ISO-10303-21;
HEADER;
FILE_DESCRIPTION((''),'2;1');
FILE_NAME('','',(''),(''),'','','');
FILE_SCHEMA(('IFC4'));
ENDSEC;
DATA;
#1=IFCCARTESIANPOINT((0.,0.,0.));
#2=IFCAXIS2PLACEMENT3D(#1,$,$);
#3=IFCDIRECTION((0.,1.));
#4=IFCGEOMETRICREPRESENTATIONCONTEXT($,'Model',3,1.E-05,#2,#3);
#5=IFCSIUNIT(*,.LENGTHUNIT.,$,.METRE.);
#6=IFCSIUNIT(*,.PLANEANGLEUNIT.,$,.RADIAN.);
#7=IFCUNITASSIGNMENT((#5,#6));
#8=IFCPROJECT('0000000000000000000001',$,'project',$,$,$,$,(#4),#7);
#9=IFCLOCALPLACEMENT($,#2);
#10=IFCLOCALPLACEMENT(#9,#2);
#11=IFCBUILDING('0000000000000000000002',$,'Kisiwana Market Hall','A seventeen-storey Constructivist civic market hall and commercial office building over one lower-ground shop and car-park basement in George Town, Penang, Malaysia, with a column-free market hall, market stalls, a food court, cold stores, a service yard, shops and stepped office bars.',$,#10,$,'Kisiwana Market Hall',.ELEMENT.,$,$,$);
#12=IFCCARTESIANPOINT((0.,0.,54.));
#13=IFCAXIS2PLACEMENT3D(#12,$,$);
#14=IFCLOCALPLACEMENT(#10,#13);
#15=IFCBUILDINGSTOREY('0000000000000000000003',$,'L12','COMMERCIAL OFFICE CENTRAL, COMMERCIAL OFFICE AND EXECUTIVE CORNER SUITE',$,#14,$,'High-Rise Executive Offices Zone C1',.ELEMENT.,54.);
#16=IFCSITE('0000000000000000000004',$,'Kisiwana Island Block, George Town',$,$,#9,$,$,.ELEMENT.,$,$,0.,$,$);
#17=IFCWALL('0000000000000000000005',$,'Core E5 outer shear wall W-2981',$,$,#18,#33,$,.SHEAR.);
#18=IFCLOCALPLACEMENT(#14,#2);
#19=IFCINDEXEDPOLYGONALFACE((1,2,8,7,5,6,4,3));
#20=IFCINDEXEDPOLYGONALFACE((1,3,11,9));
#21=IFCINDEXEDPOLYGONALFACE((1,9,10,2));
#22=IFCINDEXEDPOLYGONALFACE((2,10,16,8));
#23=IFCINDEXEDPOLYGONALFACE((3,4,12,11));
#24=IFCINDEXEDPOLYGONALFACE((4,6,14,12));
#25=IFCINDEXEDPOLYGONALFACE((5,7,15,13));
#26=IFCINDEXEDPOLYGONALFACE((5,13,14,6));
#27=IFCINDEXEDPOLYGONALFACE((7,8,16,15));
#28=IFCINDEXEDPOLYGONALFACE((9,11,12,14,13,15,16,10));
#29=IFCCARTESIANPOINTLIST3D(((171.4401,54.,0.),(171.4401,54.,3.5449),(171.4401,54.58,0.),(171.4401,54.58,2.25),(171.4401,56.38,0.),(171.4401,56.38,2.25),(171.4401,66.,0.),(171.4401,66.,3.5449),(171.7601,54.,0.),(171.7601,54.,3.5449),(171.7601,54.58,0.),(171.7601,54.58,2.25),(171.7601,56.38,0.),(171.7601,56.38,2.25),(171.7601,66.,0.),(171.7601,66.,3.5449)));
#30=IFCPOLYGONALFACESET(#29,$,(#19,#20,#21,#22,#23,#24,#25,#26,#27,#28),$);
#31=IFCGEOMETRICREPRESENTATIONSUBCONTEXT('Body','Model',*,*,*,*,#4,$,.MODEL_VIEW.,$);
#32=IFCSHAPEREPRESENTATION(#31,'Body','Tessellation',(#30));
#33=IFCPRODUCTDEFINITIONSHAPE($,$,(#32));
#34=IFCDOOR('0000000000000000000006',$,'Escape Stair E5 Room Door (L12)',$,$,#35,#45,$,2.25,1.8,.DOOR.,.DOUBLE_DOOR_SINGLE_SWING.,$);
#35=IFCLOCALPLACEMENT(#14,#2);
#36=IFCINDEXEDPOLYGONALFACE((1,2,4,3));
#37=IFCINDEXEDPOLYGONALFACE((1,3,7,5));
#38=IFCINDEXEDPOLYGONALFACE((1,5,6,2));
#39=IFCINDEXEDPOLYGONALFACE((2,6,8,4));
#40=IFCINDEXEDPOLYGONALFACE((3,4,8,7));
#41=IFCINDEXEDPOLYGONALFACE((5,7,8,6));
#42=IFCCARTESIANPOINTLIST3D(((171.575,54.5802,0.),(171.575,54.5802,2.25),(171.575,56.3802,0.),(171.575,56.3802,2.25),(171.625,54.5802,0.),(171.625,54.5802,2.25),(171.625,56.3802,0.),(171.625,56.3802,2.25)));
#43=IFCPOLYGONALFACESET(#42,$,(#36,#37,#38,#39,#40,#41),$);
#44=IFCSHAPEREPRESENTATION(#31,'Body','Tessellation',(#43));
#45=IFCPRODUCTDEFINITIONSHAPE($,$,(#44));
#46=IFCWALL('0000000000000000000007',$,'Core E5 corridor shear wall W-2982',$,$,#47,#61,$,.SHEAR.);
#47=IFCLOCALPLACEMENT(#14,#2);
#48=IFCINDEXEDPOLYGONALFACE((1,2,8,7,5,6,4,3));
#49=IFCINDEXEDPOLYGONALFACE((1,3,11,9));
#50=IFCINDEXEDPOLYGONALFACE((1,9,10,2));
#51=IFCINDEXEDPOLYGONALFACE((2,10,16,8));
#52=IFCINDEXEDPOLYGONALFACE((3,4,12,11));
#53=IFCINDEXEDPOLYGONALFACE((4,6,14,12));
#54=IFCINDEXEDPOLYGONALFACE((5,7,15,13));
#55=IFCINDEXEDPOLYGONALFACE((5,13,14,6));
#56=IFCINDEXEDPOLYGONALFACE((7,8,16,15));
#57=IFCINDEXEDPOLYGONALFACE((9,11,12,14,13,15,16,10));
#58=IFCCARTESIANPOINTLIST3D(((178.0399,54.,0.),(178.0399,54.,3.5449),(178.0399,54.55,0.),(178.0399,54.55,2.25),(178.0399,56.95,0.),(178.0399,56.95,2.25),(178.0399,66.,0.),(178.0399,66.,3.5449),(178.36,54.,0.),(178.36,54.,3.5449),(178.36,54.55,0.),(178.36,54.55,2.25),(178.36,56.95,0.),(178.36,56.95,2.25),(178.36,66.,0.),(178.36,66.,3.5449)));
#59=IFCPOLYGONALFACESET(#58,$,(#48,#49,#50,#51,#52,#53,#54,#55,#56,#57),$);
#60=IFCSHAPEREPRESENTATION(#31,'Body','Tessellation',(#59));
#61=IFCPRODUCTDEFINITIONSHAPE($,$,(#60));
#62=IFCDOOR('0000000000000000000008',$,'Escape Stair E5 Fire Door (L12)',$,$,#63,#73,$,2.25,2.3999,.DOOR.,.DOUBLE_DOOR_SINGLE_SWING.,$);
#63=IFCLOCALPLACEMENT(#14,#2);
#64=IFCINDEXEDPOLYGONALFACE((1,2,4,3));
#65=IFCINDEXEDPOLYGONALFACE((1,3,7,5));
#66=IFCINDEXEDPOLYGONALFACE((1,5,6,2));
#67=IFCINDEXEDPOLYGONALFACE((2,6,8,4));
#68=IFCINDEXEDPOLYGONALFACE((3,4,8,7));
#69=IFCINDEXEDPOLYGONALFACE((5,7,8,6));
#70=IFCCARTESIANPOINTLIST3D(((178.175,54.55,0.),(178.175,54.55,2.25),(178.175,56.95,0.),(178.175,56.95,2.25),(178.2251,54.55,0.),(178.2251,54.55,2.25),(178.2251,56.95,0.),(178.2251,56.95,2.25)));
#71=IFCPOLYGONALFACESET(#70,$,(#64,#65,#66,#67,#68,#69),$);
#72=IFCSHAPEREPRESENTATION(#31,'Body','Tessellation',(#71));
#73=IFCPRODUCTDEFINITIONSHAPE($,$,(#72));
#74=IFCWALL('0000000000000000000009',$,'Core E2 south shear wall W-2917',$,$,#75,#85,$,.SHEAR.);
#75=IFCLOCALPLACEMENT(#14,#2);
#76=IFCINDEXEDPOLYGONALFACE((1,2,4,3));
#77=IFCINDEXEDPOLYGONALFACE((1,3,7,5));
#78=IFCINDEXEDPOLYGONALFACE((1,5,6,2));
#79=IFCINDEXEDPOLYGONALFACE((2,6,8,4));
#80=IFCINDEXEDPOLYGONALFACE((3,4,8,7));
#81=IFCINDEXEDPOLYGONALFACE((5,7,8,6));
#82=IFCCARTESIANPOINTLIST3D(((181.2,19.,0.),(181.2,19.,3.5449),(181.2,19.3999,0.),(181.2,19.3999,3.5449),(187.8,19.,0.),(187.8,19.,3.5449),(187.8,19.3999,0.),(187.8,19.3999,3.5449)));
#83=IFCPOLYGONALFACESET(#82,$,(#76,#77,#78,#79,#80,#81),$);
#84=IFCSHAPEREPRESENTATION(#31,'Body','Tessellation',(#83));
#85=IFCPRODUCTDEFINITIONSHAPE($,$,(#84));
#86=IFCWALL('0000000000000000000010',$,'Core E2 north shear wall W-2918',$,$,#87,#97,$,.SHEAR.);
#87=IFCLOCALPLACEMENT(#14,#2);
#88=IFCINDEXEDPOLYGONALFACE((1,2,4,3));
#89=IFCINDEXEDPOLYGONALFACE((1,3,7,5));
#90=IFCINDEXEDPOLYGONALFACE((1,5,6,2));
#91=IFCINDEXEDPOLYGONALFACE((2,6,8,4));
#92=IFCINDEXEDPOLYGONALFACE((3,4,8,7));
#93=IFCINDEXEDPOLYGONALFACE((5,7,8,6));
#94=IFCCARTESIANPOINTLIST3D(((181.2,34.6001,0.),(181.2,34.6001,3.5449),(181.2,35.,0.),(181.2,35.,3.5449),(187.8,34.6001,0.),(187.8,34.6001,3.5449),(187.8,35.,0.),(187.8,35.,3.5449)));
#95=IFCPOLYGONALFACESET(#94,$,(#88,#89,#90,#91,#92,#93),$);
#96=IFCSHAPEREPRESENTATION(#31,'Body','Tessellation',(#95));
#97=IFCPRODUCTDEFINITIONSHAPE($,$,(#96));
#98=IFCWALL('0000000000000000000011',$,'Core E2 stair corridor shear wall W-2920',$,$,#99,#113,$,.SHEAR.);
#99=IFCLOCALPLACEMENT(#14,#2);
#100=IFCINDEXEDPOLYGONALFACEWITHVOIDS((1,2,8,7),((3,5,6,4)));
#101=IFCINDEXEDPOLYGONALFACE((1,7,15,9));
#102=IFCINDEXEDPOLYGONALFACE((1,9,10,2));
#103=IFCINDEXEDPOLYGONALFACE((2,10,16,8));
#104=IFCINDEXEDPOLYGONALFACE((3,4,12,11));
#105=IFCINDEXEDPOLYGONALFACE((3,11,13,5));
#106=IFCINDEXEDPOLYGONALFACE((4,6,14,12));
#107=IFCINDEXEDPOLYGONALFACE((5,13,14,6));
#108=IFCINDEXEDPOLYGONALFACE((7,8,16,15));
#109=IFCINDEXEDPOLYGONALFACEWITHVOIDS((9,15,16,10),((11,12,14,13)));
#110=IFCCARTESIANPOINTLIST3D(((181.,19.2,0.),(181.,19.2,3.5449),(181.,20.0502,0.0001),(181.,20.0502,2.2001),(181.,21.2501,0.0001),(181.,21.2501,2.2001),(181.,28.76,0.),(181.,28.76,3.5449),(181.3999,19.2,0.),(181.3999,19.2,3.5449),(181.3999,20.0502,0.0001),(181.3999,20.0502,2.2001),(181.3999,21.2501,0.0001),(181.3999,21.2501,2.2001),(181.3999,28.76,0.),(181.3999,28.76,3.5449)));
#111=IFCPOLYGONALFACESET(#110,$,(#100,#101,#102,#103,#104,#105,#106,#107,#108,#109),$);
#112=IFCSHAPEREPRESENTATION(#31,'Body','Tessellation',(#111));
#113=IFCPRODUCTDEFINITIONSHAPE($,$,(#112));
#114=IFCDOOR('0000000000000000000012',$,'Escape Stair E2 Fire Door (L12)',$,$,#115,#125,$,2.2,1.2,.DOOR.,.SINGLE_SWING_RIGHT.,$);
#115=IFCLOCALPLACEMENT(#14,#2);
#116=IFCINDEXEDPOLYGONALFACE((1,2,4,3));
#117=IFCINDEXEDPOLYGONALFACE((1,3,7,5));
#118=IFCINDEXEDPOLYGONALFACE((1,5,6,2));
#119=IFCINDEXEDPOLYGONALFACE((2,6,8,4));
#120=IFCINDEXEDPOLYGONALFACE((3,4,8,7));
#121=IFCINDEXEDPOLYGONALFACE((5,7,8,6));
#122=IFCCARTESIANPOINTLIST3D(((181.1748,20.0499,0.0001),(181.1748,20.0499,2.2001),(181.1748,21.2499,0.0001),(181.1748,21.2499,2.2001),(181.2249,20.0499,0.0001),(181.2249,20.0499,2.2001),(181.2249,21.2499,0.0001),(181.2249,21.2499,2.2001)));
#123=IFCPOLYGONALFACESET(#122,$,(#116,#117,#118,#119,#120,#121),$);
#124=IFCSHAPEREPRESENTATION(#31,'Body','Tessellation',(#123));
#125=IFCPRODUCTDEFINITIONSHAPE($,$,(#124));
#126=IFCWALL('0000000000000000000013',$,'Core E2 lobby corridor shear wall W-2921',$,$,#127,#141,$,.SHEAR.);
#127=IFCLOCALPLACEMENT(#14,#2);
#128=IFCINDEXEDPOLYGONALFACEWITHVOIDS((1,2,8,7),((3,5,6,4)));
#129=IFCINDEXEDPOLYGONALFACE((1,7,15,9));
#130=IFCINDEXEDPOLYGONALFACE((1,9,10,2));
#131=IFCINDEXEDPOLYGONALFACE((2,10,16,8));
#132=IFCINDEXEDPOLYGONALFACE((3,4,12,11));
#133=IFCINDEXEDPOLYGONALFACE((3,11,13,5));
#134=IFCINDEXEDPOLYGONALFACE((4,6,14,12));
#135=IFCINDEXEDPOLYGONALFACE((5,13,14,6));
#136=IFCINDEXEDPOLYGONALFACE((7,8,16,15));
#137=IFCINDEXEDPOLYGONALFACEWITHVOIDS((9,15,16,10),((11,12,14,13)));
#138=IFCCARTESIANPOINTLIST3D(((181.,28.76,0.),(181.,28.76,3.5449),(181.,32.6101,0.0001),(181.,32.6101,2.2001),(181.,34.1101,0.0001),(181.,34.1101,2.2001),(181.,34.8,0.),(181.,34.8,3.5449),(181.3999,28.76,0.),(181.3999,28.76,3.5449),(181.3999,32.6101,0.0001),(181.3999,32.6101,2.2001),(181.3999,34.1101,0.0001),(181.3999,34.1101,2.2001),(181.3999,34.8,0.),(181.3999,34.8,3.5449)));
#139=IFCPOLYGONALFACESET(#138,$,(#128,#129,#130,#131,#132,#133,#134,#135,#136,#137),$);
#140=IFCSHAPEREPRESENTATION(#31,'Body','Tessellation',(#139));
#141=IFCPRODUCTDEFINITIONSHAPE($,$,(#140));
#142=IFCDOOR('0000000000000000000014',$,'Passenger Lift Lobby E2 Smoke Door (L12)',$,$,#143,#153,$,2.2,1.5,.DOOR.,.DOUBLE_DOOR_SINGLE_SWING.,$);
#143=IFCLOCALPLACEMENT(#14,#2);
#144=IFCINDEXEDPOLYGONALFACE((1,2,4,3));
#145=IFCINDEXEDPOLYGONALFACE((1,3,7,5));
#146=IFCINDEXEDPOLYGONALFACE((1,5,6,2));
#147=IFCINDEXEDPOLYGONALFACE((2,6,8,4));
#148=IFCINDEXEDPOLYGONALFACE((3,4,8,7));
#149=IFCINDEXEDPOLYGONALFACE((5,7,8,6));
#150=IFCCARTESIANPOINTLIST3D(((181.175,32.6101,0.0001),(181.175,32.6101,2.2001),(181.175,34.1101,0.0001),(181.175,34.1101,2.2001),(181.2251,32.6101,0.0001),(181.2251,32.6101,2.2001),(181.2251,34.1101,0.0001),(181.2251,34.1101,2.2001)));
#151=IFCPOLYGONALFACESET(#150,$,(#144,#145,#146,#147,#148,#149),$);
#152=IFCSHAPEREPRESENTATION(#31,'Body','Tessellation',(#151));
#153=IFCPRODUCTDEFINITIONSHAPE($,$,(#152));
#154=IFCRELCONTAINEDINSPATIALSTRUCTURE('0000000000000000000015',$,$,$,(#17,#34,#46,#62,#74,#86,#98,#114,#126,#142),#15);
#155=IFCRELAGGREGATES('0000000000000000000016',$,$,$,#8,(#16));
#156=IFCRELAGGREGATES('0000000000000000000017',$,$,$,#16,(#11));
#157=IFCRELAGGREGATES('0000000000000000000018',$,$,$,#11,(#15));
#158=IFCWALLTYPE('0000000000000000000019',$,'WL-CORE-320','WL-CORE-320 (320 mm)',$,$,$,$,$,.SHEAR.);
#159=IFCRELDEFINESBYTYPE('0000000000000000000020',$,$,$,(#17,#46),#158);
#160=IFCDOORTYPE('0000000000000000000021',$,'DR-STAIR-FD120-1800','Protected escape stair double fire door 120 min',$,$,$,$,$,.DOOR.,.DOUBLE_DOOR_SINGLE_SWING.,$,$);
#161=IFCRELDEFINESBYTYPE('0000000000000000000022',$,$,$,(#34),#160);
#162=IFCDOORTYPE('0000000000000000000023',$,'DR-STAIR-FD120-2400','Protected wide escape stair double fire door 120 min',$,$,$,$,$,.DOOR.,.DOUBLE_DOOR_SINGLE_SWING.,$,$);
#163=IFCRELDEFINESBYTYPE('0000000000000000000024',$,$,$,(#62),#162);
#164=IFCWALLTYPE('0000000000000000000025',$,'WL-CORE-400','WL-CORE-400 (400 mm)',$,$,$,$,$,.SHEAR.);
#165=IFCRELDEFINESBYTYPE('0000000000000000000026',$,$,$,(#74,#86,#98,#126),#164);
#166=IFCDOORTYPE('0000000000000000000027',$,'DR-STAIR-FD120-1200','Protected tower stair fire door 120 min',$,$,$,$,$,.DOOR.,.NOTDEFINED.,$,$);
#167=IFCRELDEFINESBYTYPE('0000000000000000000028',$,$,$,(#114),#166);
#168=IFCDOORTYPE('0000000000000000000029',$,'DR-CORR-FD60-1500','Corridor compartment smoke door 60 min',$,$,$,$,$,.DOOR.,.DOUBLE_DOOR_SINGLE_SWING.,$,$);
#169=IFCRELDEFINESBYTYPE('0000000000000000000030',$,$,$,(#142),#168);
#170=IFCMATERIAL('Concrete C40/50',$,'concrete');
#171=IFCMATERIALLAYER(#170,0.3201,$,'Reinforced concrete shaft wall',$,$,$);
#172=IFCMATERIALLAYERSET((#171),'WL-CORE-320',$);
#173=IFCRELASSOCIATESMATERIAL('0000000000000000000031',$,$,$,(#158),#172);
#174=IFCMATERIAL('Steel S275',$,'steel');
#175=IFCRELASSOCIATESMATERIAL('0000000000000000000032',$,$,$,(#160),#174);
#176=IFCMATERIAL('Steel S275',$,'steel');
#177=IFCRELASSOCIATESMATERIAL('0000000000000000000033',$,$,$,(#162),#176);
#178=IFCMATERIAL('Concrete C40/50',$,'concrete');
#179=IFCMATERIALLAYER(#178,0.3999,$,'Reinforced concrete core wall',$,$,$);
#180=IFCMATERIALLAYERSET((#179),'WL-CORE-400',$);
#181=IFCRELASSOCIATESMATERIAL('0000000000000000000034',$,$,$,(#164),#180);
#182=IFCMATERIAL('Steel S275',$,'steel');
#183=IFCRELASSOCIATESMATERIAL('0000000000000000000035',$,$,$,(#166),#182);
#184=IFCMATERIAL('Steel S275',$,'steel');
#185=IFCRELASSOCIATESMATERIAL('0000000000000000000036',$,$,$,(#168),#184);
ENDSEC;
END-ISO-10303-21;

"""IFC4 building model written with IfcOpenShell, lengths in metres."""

from ifc_helpers import new_model, si_unit, direction, frame, frame_2d, origin, place, context, subcontext, project, spatial, rectangle, extrude, material, layer, layer_set, type_object, element, fill, save


model = new_model("IFC4")

# Units and contexts
model_context = context("Model", 3, precision=1e-05, world=origin(), true_north=direction((0.0, 1.0)))
body_context = subcontext(model_context, "Body", "Model", "MODEL_VIEW")
ifc_project = project(units=[si_unit("LENGTHUNIT", "METRE"), si_unit("PLANEANGLEUNIT", "RADIAN")], contexts=[model_context])

# Site, building, storey
site_placement = place(None, origin())
site = spatial("IfcSite", under=ifc_project, at=site_placement, Name="Kisiwana Island Block, George Town", CompositionType="ELEMENT", RefElevation=0.0)
building_placement = place(site_placement, origin())
building = spatial("IfcBuilding", under=site, at=building_placement, Name="Kisiwana Market Hall", Description="A seventeen-storey Constructivist civic market hall and commercial office building over one lower-ground shop and car-park basement in George Town, Penang, Malaysia, with a column-free market hall, market stalls, a food court, cold stores, a service yard, shops and stepped office bars.", LongName="Kisiwana Market Hall", CompositionType="ELEMENT")
storey_placement = place(building_placement, frame((0.0, 0.0, 54.0)))
storey = spatial("IfcBuildingStorey", under=building, at=storey_placement, Name="L12", Description="COMMERCIAL OFFICE CENTRAL, COMMERCIAL OFFICE AND EXECUTIVE CORNER SUITE", LongName="High-Rise Executive Offices Zone C1", CompositionType="ELEMENT", Elevation=54.0)

# Shared definitions
ifc_material_1 = material(Name="Concrete C40/50", Category="concrete")
ifc_layer_1 = layer(ifc_material_1, 0.3201, Name="Reinforced concrete shaft wall")
ifc_layer_set_1 = layer_set([ifc_layer_1], Name="WL-CORE-320")
wall_type_1 = type_object("IfcWallType", Name="WL-CORE-320", Description="WL-CORE-320 (320 mm)", PredefinedType="SHEAR", material=ifc_layer_set_1)

# Shared definitions
ifc_material_2 = material(Name="Steel S275", Category="steel")
door_type_1 = type_object("IfcDoorType", Name="DR-STAIR-FD120-1800", Description="Protected escape stair double fire door 120 min", OperationType="DOUBLE_DOOR_SINGLE_SWING", PredefinedType="DOOR", material=ifc_material_2)
ifc_material_3 = material(Name="Steel S275", Category="steel")
door_type_2 = type_object("IfcDoorType", Name="DR-STAIR-FD120-2400", Description="Protected wide escape stair double fire door 120 min", OperationType="DOUBLE_DOOR_SINGLE_SWING", PredefinedType="DOOR", material=ifc_material_3)

# Walls, openings, doors
wall_1_placement = place(storey_placement, frame((171.6001, 54.0, 0.0), z_axis=(0.0, 0.0, 1.0), x_axis=(0.0, 1.0, 0.0)))
wall_1 = element("IfcWall", 1, at=wall_1_placement, inside=storey, type_object=wall_type_1, Name="Core E5 outer shear wall W-2981", PredefinedType="SHEAR", context=body_context, shape_type="SweptSolid", body=[
    extrude(rectangle(XDim=12.0, YDim=0.3201, at=frame_2d((6.0, 0.0))), origin(), (0.0, 0.0, 1.0), 3.5449),
])
opening_1_placement = place(wall_1_placement, frame((0.5801, 0.0, 0.0)))
opening_1 = element("IfcOpeningElement", 2, at=opening_1_placement, cuts=wall_1, PredefinedType="OPENING", context=body_context, shape_type="SweptSolid", body=[
    extrude(rectangle(XDim=1.8, YDim=2.25, at=frame_2d((0.8999, 1.125))), frame((0.0, 0.1719, 0.0), z_axis=(0.0, -1.0, 0.0), x_axis=(1.0, 0.0, 0.0)), (0.0, 0.0, 1.0), 0.344),
])
door_1_placement = place(opening_1_placement, frame((1.8, 0.0, 0.0), z_axis=(0.0, 0.0, 1.0), x_axis=(-1.0, 0.0, 0.0)))
door_1 = element("IfcDoor", 3, at=door_1_placement, inside=storey, type_object=door_type_1, Name="Escape Stair E5 Room Door (L12)", OperationType="DOUBLE_DOOR_SINGLE_SWING", OverallHeight=2.25, OverallWidth=1.8, PredefinedType="DOOR", context=body_context, shape_type="SweptSolid", body=[
    extrude(rectangle(XDim=1.8, YDim=2.25, at=frame_2d((0.8999, 1.125))), frame((0.0, 0.0249, 0.0), z_axis=(0.0, -1.0, 0.0), x_axis=(1.0, 0.0, 0.0)), (0.0, 0.0, 1.0), 0.05),
])
fill(opening_1, door_1)
wall_2_placement = place(storey_placement, frame((178.2, 54.0, 0.0), z_axis=(0.0, 0.0, 1.0), x_axis=(0.0, 1.0, 0.0)))
wall_2 = element("IfcWall", 4, at=wall_2_placement, inside=storey, type_object=wall_type_1, Name="Core E5 corridor shear wall W-2982", PredefinedType="SHEAR", context=body_context, shape_type="SweptSolid", body=[
    extrude(rectangle(XDim=12.0, YDim=0.3201, at=frame_2d((6.0, 0.0))), origin(), (0.0, 0.0, 1.0), 3.5449),
])
opening_2_placement = place(wall_2_placement, frame((0.55, 0.0, 0.0)))
opening_2 = element("IfcOpeningElement", 5, at=opening_2_placement, cuts=wall_2, PredefinedType="OPENING", context=body_context, shape_type="SweptSolid", body=[
    extrude(rectangle(XDim=2.3999, YDim=2.25, at=frame_2d((1.2, 1.125))), frame((0.0, 0.1719, 0.0), z_axis=(0.0, -1.0, 0.0), x_axis=(1.0, 0.0, 0.0)), (0.0, 0.0, 1.0), 0.344),
])
door_2_placement = place(opening_2_placement, origin())
door_2 = element("IfcDoor", 6, at=door_2_placement, inside=storey, type_object=door_type_2, Name="Escape Stair E5 Fire Door (L12)", OperationType="DOUBLE_DOOR_SINGLE_SWING", OverallHeight=2.25, OverallWidth=2.3999, PredefinedType="DOOR", context=body_context, shape_type="SweptSolid", body=[
    extrude(rectangle(XDim=2.3999, YDim=2.25, at=frame_2d((1.2, 1.125))), frame((0.0, 0.0249, 0.0), z_axis=(0.0, -1.0, 0.0), x_axis=(1.0, 0.0, 0.0)), (0.0, 0.0, 1.0), 0.05),
])
fill(opening_2, door_2)

# Walls
ifc_material_4 = material(Name="Concrete C40/50", Category="concrete")
ifc_layer_2 = layer(ifc_material_4, 0.3999, Name="Reinforced concrete core wall")
ifc_layer_set_2 = layer_set([ifc_layer_2], Name="WL-CORE-400")
wall_type_2 = type_object("IfcWallType", Name="WL-CORE-400", Description="WL-CORE-400 (400 mm)", PredefinedType="SHEAR", material=ifc_layer_set_2)
for number, where, z_axis, x_axis, name in (
    (7, (181.2, 19.2, 0.0), (0.0, 0.0, 1.0), (1.0, 0.0, 0.0), "Core E2 south shear wall W-2917"),
    (8, (181.2, 34.8, 0.0), (0.0, 0.0, 1.0), (1.0, 0.0, 0.0), "Core E2 north shear wall W-2918"),
):
    element("IfcWall", number, at=place(storey_placement, frame(where, z_axis=z_axis, x_axis=x_axis)), inside=storey, type_object=wall_type_2, Name=name, PredefinedType="SHEAR", context=body_context, shape_type="SweptSolid", body=[
        extrude(rectangle(XDim=6.6001, YDim=0.3999, at=frame_2d((3.3, 0.0))), origin(), (0.0, 0.0, 1.0), 3.5449),
    ])

# Walls, openings, doors
wall_3_placement = place(storey_placement, frame((181.2, 19.2, 0.0), z_axis=(0.0, 0.0, 1.0), x_axis=(0.0, 1.0, 0.0)))
wall_3 = element("IfcWall", 9, at=wall_3_placement, inside=storey, type_object=wall_type_2, Name="Core E2 stair corridor shear wall W-2920", PredefinedType="SHEAR", context=body_context, shape_type="SweptSolid", body=[
    extrude(rectangle(XDim=9.5601, YDim=0.3999, at=frame_2d((4.78, 0.0))), origin(), (0.0, 0.0, 1.0), 3.5449),
])
opening_3_placement = place(wall_3_placement, frame((0.8501, 0.0, 0.0)))
opening_3 = element("IfcOpeningElement", 10, at=opening_3_placement, cuts=wall_3, PredefinedType="OPENING", context=body_context, shape_type="SweptSolid", body=[
    extrude(rectangle(XDim=1.2, YDim=2.2, at=frame_2d((0.6001, 1.1001))), frame((0.0, 0.2119, 0.0), z_axis=(0.0, -1.0, 0.0), x_axis=(1.0, 0.0, 0.0)), (0.0, 0.0, 1.0), 0.4238),
])
ifc_material_5 = material(Name="Steel S275", Category="steel")
door_type_3 = type_object("IfcDoorType", Name="DR-STAIR-FD120-1200", Description="Protected tower stair fire door 120 min", OperationType="NOTDEFINED", PredefinedType="DOOR", material=ifc_material_5)
door_3_placement = place(opening_3_placement, frame((1.2, 0.0, 0.0), z_axis=(0.0, 0.0, 1.0), x_axis=(-1.0, 0.0, 0.0)))
door_3 = element("IfcDoor", 11, at=door_3_placement, inside=storey, type_object=door_type_3, Name="Escape Stair E2 Fire Door (L12)", OperationType="SINGLE_SWING_RIGHT", OverallHeight=2.2, OverallWidth=1.2, PredefinedType="DOOR", context=body_context, shape_type="SweptSolid", body=[
    extrude(rectangle(XDim=1.2, YDim=2.2, at=frame_2d((0.6001, 1.1001))), frame((0.0, 0.0249, 0.0), z_axis=(0.0, -1.0, 0.0), x_axis=(1.0, 0.0, 0.0)), (0.0, 0.0, 1.0), 0.05),
])
fill(opening_3, door_3)
wall_4_placement = place(storey_placement, frame((181.2, 28.76, 0.0), z_axis=(0.0, 0.0, 1.0), x_axis=(0.0, 1.0, 0.0)))
wall_4 = element("IfcWall", 12, at=wall_4_placement, inside=storey, type_object=wall_type_2, Name="Core E2 lobby corridor shear wall W-2921", PredefinedType="SHEAR", context=body_context, shape_type="SweptSolid", body=[
    extrude(rectangle(XDim=6.04, YDim=0.3999, at=frame_2d((3.02, 0.0))), origin(), (0.0, 0.0, 1.0), 3.5449),
])
opening_4_placement = place(wall_4_placement, frame((3.8501, 0.0, 0.0)))
opening_4 = element("IfcOpeningElement", 13, at=opening_4_placement, cuts=wall_4, PredefinedType="OPENING", context=body_context, shape_type="SweptSolid", body=[
    extrude(rectangle(XDim=1.5, YDim=2.2, at=frame_2d((0.75, 1.1001))), frame((0.0, 0.2119, 0.0), z_axis=(0.0, -1.0, 0.0), x_axis=(1.0, 0.0, 0.0)), (0.0, 0.0, 1.0), 0.4238),
])
ifc_material_6 = material(Name="Steel S275", Category="steel")
door_type_4 = type_object("IfcDoorType", Name="DR-CORR-FD60-1500", Description="Corridor compartment smoke door 60 min", OperationType="DOUBLE_DOOR_SINGLE_SWING", PredefinedType="DOOR", material=ifc_material_6)
door_4_placement = place(opening_4_placement, origin())
door_4 = element("IfcDoor", 14, at=door_4_placement, inside=storey, type_object=door_type_4, Name="Passenger Lift Lobby E2 Smoke Door (L12)", OperationType="DOUBLE_DOOR_SINGLE_SWING", OverallHeight=2.2, OverallWidth=1.5, PredefinedType="DOOR", context=body_context, shape_type="SweptSolid", body=[
    extrude(rectangle(XDim=1.5, YDim=2.2, at=frame_2d((0.75, 1.1001))), frame((0.0, 0.0249, 0.0), z_axis=(0.0, -1.0, 0.0), x_axis=(1.0, 0.0, 0.0)), (0.0, 0.0, 1.0), 0.05),
])
fill(opening_4, door_4)

save(model, "model.ifc")
